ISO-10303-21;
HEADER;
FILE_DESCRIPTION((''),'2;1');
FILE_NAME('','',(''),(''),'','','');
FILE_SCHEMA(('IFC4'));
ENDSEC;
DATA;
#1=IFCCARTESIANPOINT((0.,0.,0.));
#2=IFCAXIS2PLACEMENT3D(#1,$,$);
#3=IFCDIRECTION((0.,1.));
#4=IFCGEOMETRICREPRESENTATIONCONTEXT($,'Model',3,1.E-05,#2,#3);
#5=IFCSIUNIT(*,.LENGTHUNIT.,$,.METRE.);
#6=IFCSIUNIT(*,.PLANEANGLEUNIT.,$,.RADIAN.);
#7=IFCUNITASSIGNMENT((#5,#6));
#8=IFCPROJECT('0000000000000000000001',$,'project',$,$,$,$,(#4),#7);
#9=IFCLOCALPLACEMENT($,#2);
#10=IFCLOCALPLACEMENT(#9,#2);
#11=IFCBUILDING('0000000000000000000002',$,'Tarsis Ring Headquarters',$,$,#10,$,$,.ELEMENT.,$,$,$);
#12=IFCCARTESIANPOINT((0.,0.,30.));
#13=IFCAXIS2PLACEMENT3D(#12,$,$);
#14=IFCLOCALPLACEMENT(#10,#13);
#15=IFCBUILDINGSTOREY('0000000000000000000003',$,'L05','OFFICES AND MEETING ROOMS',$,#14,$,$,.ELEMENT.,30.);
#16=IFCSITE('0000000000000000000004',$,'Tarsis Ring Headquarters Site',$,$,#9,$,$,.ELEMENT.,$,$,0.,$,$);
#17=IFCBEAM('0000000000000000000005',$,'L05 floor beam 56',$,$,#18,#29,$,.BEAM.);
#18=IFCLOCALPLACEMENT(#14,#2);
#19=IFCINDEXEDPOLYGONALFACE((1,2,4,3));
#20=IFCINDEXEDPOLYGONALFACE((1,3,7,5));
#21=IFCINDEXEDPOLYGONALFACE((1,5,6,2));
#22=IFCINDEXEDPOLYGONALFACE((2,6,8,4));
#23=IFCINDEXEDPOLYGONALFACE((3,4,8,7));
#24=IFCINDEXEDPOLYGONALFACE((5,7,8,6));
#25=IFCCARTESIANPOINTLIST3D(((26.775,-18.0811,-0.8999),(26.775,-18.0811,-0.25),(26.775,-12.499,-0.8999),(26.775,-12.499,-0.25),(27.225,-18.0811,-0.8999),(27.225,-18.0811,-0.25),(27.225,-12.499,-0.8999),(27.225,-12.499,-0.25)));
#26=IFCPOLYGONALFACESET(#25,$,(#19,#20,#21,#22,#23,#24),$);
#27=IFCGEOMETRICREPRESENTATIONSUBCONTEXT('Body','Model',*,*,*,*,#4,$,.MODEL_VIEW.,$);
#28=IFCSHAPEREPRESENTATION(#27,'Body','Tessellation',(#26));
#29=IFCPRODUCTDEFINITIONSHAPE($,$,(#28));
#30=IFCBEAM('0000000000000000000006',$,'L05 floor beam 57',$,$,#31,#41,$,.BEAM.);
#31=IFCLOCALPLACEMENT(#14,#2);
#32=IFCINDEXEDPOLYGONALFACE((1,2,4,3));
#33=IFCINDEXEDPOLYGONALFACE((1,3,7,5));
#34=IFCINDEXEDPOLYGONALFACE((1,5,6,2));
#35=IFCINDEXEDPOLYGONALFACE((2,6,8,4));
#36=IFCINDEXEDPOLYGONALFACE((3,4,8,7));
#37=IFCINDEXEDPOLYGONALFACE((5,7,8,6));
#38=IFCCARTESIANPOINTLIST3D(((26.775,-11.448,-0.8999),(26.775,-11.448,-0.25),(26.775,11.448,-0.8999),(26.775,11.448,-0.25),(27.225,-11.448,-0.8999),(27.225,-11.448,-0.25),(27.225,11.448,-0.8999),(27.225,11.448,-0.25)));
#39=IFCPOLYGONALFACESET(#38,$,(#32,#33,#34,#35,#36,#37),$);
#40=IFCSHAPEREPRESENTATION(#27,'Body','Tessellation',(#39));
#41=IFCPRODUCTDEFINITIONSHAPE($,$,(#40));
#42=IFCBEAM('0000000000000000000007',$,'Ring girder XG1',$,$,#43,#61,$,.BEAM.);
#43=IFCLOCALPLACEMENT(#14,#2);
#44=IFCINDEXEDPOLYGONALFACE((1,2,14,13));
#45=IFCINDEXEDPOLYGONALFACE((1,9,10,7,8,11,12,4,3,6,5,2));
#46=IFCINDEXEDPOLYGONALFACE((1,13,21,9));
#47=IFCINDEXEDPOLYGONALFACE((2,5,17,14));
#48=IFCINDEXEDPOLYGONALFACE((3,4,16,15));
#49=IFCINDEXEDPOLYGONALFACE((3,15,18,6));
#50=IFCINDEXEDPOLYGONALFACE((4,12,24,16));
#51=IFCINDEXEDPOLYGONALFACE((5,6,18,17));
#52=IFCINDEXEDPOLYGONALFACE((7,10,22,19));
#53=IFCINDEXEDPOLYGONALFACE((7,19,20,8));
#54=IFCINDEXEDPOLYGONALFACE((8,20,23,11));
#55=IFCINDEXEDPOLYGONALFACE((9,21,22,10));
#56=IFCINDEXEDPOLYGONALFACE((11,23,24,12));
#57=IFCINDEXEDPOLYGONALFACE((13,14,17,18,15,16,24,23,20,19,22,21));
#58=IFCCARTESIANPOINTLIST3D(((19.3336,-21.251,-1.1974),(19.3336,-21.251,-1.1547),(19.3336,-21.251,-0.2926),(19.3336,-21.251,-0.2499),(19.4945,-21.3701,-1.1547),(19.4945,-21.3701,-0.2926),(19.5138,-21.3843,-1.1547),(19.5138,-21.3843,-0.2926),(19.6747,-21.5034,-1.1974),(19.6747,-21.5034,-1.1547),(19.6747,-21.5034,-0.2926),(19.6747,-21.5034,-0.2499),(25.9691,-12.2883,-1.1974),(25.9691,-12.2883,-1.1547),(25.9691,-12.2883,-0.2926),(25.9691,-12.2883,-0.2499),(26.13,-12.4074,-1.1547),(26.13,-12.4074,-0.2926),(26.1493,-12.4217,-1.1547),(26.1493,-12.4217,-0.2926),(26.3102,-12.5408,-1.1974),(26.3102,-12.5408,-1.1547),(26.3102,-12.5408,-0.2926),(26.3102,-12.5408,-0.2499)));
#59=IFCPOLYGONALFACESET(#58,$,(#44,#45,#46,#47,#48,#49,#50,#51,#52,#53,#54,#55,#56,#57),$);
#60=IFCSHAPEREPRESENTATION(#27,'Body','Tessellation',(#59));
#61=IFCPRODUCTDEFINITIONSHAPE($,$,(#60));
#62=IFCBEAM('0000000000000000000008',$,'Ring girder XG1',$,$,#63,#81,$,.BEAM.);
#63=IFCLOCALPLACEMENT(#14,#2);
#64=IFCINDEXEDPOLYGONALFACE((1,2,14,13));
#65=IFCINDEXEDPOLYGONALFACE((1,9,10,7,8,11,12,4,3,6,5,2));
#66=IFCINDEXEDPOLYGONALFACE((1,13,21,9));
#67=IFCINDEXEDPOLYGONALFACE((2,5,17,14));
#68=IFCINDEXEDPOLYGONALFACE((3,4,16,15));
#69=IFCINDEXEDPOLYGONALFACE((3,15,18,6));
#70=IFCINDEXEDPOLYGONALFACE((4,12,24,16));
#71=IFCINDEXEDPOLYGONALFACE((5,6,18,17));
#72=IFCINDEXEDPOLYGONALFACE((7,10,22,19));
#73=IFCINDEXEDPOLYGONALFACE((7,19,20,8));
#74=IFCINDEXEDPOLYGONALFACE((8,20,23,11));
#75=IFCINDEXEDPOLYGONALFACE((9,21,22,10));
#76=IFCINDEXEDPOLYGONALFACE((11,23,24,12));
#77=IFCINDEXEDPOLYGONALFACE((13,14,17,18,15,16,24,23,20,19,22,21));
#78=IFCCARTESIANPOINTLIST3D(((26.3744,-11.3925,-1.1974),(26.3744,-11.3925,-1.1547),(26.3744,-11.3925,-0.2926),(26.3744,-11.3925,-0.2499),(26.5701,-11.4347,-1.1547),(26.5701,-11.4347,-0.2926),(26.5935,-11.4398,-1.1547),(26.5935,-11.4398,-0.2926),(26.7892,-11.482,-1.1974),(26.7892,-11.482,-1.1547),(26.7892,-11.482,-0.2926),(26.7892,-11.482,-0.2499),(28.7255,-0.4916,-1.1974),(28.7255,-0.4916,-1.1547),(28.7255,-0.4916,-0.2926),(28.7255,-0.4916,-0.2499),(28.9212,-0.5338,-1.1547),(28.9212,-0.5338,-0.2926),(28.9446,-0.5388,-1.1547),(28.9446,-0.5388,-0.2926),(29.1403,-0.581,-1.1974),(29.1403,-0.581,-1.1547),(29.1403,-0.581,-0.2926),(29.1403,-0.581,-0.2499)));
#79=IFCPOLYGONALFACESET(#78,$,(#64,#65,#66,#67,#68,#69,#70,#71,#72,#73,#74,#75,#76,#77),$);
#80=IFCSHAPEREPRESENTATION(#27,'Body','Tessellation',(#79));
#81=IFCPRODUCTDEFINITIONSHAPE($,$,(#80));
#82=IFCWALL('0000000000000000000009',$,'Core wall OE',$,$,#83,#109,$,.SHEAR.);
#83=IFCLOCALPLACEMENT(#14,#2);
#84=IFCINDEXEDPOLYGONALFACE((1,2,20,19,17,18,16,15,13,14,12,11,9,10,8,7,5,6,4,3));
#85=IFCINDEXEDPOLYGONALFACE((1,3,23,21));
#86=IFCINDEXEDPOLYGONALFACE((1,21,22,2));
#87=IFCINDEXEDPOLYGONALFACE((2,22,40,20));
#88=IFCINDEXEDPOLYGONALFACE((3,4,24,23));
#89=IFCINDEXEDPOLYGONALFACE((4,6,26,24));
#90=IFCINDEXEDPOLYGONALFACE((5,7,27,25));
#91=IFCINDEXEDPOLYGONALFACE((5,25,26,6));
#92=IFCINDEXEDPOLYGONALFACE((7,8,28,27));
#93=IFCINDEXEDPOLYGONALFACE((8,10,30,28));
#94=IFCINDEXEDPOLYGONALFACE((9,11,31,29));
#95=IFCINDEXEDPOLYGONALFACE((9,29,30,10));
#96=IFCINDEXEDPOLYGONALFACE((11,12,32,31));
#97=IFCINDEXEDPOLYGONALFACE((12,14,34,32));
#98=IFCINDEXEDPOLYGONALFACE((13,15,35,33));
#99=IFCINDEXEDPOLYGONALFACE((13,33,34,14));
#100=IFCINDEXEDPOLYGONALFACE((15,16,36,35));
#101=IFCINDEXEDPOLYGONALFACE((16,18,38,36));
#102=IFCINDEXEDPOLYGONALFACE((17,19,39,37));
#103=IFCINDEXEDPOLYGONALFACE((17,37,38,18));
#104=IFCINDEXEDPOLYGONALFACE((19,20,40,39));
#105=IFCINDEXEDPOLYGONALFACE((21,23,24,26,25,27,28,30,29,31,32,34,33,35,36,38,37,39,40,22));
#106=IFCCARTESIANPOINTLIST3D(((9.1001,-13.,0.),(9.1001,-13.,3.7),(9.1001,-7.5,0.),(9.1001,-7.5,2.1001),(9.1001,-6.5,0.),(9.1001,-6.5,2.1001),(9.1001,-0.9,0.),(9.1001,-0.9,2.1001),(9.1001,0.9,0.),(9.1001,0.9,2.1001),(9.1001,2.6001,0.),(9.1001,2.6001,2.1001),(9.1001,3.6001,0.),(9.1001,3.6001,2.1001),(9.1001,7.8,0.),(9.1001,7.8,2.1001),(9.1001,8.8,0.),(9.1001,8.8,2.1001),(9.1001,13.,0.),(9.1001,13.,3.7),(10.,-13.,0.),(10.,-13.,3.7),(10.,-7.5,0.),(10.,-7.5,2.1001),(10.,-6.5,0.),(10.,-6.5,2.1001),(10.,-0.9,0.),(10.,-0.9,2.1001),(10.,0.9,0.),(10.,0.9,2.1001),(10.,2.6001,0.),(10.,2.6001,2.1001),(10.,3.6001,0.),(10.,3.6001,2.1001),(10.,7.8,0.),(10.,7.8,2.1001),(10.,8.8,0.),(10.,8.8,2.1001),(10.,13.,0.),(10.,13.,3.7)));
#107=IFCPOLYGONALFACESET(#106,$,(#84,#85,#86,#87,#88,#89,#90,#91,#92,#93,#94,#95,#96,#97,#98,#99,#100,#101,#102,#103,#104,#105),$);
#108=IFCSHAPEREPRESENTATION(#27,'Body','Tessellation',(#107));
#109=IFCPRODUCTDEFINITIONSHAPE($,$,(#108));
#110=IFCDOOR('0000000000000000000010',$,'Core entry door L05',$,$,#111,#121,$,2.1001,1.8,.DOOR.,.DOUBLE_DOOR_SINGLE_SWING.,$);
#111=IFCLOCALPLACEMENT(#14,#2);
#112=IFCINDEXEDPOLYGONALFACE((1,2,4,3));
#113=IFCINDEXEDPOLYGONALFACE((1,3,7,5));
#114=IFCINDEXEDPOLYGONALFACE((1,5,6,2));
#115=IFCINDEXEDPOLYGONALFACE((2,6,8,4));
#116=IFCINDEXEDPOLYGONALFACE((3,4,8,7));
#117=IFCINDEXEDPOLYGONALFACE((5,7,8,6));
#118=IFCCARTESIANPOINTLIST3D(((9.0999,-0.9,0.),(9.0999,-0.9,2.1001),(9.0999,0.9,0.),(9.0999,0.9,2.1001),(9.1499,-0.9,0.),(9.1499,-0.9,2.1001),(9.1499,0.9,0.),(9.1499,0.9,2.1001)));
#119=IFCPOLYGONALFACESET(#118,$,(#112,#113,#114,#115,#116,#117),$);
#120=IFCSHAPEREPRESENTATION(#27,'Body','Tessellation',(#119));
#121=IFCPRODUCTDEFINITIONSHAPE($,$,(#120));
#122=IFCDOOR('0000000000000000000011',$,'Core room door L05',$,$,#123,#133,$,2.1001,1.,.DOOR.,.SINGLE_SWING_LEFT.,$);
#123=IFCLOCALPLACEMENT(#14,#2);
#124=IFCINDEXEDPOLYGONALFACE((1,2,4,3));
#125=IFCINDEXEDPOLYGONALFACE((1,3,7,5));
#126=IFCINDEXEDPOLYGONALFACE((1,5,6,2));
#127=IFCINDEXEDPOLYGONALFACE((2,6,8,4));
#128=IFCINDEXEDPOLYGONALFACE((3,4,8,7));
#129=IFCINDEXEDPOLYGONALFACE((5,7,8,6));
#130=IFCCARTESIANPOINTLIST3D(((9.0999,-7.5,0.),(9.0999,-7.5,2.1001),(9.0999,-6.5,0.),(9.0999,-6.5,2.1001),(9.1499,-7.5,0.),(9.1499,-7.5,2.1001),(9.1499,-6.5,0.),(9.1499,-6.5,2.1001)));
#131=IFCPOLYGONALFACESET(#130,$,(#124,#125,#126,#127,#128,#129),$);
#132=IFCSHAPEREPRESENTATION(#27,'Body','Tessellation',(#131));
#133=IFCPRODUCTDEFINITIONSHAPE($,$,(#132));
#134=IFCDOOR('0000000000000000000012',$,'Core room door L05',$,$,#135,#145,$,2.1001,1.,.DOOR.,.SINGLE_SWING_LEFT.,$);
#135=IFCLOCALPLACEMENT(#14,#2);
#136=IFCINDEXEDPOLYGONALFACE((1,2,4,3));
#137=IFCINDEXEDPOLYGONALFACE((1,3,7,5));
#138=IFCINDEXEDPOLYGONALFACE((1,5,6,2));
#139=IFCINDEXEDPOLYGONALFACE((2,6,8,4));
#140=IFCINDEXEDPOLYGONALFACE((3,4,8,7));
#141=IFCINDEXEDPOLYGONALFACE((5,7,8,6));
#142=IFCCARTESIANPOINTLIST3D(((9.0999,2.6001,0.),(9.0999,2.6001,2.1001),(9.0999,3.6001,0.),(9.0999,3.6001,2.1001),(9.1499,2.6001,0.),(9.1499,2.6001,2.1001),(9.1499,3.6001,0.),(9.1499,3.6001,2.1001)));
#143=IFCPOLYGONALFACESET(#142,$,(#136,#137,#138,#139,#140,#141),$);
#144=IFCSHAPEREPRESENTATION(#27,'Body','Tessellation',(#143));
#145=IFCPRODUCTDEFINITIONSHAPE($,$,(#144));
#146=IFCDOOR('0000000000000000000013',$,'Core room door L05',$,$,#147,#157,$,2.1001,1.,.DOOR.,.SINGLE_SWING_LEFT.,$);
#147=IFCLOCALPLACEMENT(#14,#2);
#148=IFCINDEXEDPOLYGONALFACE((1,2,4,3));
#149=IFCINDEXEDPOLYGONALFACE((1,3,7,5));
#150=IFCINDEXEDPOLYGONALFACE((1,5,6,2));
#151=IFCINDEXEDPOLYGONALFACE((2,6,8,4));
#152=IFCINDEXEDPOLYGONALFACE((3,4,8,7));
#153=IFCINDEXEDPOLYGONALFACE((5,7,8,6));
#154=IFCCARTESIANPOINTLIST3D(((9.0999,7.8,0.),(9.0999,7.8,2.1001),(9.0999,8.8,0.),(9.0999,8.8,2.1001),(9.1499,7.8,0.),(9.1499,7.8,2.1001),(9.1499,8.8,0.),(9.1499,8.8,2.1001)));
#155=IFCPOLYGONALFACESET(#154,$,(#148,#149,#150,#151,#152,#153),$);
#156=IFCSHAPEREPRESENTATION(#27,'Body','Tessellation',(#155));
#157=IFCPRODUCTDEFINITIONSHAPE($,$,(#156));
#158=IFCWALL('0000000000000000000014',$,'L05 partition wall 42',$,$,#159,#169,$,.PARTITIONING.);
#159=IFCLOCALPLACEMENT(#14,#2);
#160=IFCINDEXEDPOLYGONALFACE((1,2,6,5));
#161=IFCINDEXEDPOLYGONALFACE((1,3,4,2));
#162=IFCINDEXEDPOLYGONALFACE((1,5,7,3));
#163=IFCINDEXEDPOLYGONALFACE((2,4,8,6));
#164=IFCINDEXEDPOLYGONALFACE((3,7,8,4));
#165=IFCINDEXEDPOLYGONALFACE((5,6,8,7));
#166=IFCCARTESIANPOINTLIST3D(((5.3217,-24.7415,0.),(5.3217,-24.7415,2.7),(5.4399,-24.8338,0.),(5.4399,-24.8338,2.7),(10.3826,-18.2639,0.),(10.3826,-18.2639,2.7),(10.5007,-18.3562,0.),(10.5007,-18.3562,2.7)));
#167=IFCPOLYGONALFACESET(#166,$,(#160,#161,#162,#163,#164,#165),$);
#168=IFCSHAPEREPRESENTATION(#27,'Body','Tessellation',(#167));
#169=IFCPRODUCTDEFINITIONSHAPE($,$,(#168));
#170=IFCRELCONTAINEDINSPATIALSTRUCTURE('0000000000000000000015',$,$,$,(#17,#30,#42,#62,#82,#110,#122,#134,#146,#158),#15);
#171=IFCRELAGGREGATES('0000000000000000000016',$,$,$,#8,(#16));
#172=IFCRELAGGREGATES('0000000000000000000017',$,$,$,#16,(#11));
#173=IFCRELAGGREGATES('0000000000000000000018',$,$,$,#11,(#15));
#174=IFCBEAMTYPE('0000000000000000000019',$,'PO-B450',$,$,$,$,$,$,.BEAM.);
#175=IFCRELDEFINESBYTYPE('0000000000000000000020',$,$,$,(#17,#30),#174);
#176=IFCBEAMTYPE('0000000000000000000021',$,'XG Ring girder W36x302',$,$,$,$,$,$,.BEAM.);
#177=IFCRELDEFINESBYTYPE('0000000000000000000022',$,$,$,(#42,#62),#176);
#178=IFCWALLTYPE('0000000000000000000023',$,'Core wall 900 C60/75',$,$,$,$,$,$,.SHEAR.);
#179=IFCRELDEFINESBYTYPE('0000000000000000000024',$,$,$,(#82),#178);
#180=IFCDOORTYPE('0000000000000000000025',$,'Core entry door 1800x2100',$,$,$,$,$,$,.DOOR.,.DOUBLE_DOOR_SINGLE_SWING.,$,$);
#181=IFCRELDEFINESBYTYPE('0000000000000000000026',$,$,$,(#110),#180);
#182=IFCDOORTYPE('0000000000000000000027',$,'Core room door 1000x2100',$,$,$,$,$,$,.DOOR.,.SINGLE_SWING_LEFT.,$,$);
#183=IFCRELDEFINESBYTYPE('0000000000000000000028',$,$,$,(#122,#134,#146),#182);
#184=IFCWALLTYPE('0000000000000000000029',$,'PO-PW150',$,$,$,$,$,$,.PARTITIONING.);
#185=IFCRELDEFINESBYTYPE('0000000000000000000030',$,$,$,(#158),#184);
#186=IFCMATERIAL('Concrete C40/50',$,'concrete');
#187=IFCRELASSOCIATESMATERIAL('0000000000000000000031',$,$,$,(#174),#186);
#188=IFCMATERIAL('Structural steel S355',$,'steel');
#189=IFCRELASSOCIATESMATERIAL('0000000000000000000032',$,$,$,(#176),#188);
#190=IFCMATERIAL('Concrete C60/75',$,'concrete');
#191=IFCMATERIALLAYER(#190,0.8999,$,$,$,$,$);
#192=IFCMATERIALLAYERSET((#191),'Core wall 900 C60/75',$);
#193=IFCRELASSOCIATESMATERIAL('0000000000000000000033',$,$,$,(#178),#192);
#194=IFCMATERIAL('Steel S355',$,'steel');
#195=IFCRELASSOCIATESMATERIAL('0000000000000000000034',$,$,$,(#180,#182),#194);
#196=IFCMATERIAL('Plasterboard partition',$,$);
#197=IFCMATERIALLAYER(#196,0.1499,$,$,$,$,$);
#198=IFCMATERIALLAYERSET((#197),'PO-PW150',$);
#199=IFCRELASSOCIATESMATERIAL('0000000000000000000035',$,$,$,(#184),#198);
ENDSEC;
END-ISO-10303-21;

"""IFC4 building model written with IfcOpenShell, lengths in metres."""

from ifc_helpers import new_model, si_unit, direction, frame, frame_2d, origin, origin_2d, place, context, subcontext, project, spatial, rectangle, i_section, extrude, material, layer, layer_set, material_profile, profile_set, type_object, element, fill, save


model = new_model("IFC4")

# Units and contexts
model_context = context("Model", 3, precision=1e-05, world=origin(), true_north=direction((0.0, 1.0)))
body_context = subcontext(model_context, "Body", "Model", "MODEL_VIEW")
ifc_project = project(units=[si_unit("LENGTHUNIT", "METRE"), si_unit("PLANEANGLEUNIT", "RADIAN")], contexts=[model_context])

# Site, building, storey
site_placement = place(None, origin())
site = spatial("IfcSite", under=ifc_project, at=site_placement, Name="Tarsis Ring Headquarters Site", CompositionType="ELEMENT", RefElevation=0.0)
building_placement = place(site_placement, origin())
building = spatial("IfcBuilding", under=site, at=building_placement, Name="Tarsis Ring Headquarters", CompositionType="ELEMENT")
storey_placement = place(building_placement, frame((0.0, 0.0, 30.0)))
storey = spatial("IfcBuildingStorey", under=building, at=storey_placement, Name="L05", Description="OFFICES AND MEETING ROOMS", CompositionType="ELEMENT", Elevation=30.0)

# Beams
ifc_material_1 = material(Name="Concrete C40/50", Category="concrete")
ifc_material_profile_1 = material_profile(ifc_material_1, rectangle(XDim=0.45, YDim=0.6499, at=origin_2d()), Name="PO-B450")
ifc_profile_set_1 = profile_set([ifc_material_profile_1], Name="Concrete C40/50")
beam_type_1 = type_object("IfcBeamType", Name="PO-B450", PredefinedType="BEAM", material=ifc_profile_set_1)
beam_1_placement = place(storey_placement, frame((27.0, -18.0811, -0.575), z_axis=(0.0, 1.0, 0.0), x_axis=(-1.0, 0.0, 0.0)))
element("IfcBeam", 1, at=beam_1_placement, inside=storey, type_object=beam_type_1, Name="L05 floor beam 56", PredefinedType="BEAM", context=body_context, shape_type="SweptSolid", body=[
    extrude(rectangle(XDim=0.45, YDim=0.6499, at=origin_2d()), origin(), (0.0, 0.0, 1.0), 5.582),
])
beam_2_placement = place(storey_placement, frame((27.0, -11.448, -0.575), z_axis=(0.0, 1.0, 0.0), x_axis=(-1.0, 0.0, 0.0)))
element("IfcBeam", 2, at=beam_2_placement, inside=storey, type_object=beam_type_1, Name="L05 floor beam 57", PredefinedType="BEAM", context=body_context, shape_type="SweptSolid", body=[
    extrude(rectangle(XDim=0.45, YDim=0.6499, at=origin_2d()), origin(), (0.0, 0.0, 1.0), 22.896),
])
ifc_material_2 = material(Name="Structural steel S355", Category="steel")
ifc_material_profile_2 = material_profile(ifc_material_2, i_section(OverallWidth=0.4243, OverallDepth=0.9475, WebThickness=0.0239, FlangeThickness=0.0427, at=origin_2d()), Name="W36x302")
ifc_profile_set_2 = profile_set([ifc_material_profile_2], Name="Structural steel S355")
beam_type_2 = type_object("IfcBeamType", Name="XG Ring girder W36x302", PredefinedType="BEAM", material=ifc_profile_set_2)
for number, where, z_axis, x_axis, name in (
    (3, (19.5042, -21.3772, -0.7236), (0.595025, 0.803707, 0.0), (-0.803707, 0.595025, 0.0), "Ring girder XG1"),
    (4, (26.5818, -11.4373, -0.7236), (0.21083, 0.977523, 0.0), (-0.977523, 0.21083, 0.0), "Ring girder XG1"),
):
    element("IfcBeam", number, at=place(storey_placement, frame(where, z_axis=z_axis, x_axis=x_axis)), inside=storey, type_object=beam_type_2, Name=name, PredefinedType="BEAM", context=body_context, shape_type="SweptSolid", body=[
        extrude(i_section(OverallWidth=0.4243, OverallDepth=0.9475, WebThickness=0.0239, FlangeThickness=0.0427, at=origin_2d()), origin(), (0.0, 0.0, 1.0), 11.1516),
    ])

# Wall, openings, doors
ifc_material_3 = material(Name="Concrete C60/75", Category="concrete")
ifc_layer_1 = layer(ifc_material_3, 0.8999)
ifc_layer_set_1 = layer_set([ifc_layer_1], Name="Core wall 900 C60/75")
wall_type_1 = type_object("IfcWallType", Name="Core wall 900 C60/75", PredefinedType="SHEAR", material=ifc_layer_set_1)
wall_1_placement = place(storey_placement, frame((9.55, -13.0, 0.0), z_axis=(0.0, 0.0, 1.0), x_axis=(0.0, 1.0, 0.0)))
wall_1 = element("IfcWall", 5, at=wall_1_placement, inside=storey, type_object=wall_type_1, Name="Core wall OE", PredefinedType="SHEAR", context=body_context, shape_type="SweptSolid", body=[
    extrude(rectangle(XDim=26.0, YDim=0.8999, at=frame_2d((13.0, 0.0))), origin(), (0.0, 0.0, 1.0), 3.7),
])
opening_1_placement = place(wall_1_placement, frame((5.5, 0.0, 0.0)))
opening_1 = element("IfcOpeningElement", 6, at=opening_1_placement, cuts=wall_1, PredefinedType="OPENING", context=body_context, shape_type="SweptSolid", body=[
    extrude(rectangle(XDim=1.0, YDim=2.1001, at=frame_2d((0.5, 1.05))), frame((0.0, 0.46, 0.0), z_axis=(0.0, -1.0, 0.0), x_axis=(1.0, 0.0, 0.0)), (0.0, 0.0, 1.0), 0.9199),
])
opening_2_placement = place(wall_1_placement, frame((12.1001, 0.0, 0.0)))
opening_2 = element("IfcOpeningElement", 7, at=opening_2_placement, cuts=wall_1, PredefinedType="OPENING", context=body_context, shape_type="SweptSolid", body=[
    extrude(rectangle(XDim=1.8, YDim=2.1001, at=frame_2d((0.8999, 1.05))), frame((0.0, 0.46, 0.0), z_axis=(0.0, -1.0, 0.0), x_axis=(1.0, 0.0, 0.0)), (0.0, 0.0, 1.0), 0.9199),
])
opening_3_placement = place(wall_1_placement, frame((15.6001, 0.0, 0.0)))
opening_3 = element("IfcOpeningElement", 8, at=opening_3_placement, cuts=wall_1, PredefinedType="OPENING", context=body_context, shape_type="SweptSolid", body=[
    extrude(rectangle(XDim=1.0, YDim=2.1001, at=frame_2d((0.5, 1.05))), frame((0.0, 0.46, 0.0), z_axis=(0.0, -1.0, 0.0), x_axis=(1.0, 0.0, 0.0)), (0.0, 0.0, 1.0), 0.9199),
])
opening_4_placement = place(wall_1_placement, frame((20.8, 0.0, 0.0)))
opening_4 = element("IfcOpeningElement", 9, at=opening_4_placement, cuts=wall_1, PredefinedType="OPENING", context=body_context, shape_type="SweptSolid", body=[
    extrude(rectangle(XDim=1.0, YDim=2.1001, at=frame_2d((0.5, 1.05))), frame((0.0, 0.46, 0.0), z_axis=(0.0, -1.0, 0.0), x_axis=(1.0, 0.0, 0.0)), (0.0, 0.0, 1.0), 0.9199),
])
ifc_material_4 = material(Name="Steel S355", Category="steel")
door_type_1 = type_object("IfcDoorType", Name="Core entry door 1800x2100", OperationType="DOUBLE_DOOR_SINGLE_SWING", PredefinedType="DOOR", material=ifc_material_4)
door_1_placement = place(opening_2_placement, origin())
door_1 = element("IfcDoor", 10, at=door_1_placement, inside=storey, type_object=door_type_1, Name="Core entry door L05", OperationType="DOUBLE_DOOR_SINGLE_SWING", OverallHeight=2.1001, OverallWidth=1.8, PredefinedType="DOOR", context=body_context, shape_type="SweptSolid", body=[
    extrude(rectangle(XDim=1.8, YDim=2.1001, at=frame_2d((0.8999, 1.05))), frame((0.0, 0.4502, 0.0), z_axis=(0.0, -1.0, 0.0), x_axis=(1.0, 0.0, 0.0)), (0.0, 0.0, 1.0), 0.05),
])
fill(opening_2, door_1)
door_type_2 = type_object("IfcDoorType", Name="Core room door 1000x2100", OperationType="SINGLE_SWING_LEFT", PredefinedType="DOOR", material=ifc_material_4)
door_2_placement = place(opening_1_placement, origin())
door_2 = element("IfcDoor", 11, at=door_2_placement, inside=storey, type_object=door_type_2, Name="Core room door L05", OperationType="SINGLE_SWING_LEFT", OverallHeight=2.1001, OverallWidth=1.0, PredefinedType="DOOR", context=body_context, shape_type="SweptSolid", body=[
    extrude(rectangle(XDim=1.0, YDim=2.1001, at=frame_2d((0.5, 1.05))), frame((0.0, 0.4502, 0.0), z_axis=(0.0, -1.0, 0.0), x_axis=(1.0, 0.0, 0.0)), (0.0, 0.0, 1.0), 0.05),
])
fill(opening_1, door_2)
door_3_placement = place(opening_3_placement, origin())
door_3 = element("IfcDoor", 12, at=door_3_placement, inside=storey, type_object=door_type_2, Name="Core room door L05", OperationType="SINGLE_SWING_LEFT", OverallHeight=2.1001, OverallWidth=1.0, PredefinedType="DOOR", context=body_context, shape_type="SweptSolid", body=[
    extrude(rectangle(XDim=1.0, YDim=2.1001, at=frame_2d((0.5, 1.05))), frame((0.0, 0.4502, 0.0), z_axis=(0.0, -1.0, 0.0), x_axis=(1.0, 0.0, 0.0)), (0.0, 0.0, 1.0), 0.05),
])
fill(opening_3, door_3)
door_4_placement = place(opening_4_placement, origin())
door_4 = element("IfcDoor", 13, at=door_4_placement, inside=storey, type_object=door_type_2, Name="Core room door L05", OperationType="SINGLE_SWING_LEFT", OverallHeight=2.1001, OverallWidth=1.0, PredefinedType="DOOR", context=body_context, shape_type="SweptSolid", body=[
    extrude(rectangle(XDim=1.0, YDim=2.1001, at=frame_2d((0.5, 1.05))), frame((0.0, 0.4502, 0.0), z_axis=(0.0, -1.0, 0.0), x_axis=(1.0, 0.0, 0.0)), (0.0, 0.0, 1.0), 0.05),
])
fill(opening_4, door_4)

# Wall
ifc_material_5 = material(Name="Plasterboard partition")
ifc_layer_2 = layer(ifc_material_5, 0.1499)
ifc_layer_set_2 = layer_set([ifc_layer_2], Name="PO-PW150")
wall_type_2 = type_object("IfcWallType", Name="PO-PW150", PredefinedType="PARTITIONING", material=ifc_layer_set_2)
wall_2_placement = place(storey_placement, frame((10.4417, -18.3101, 0.0), z_axis=(0.0, 0.0, 1.0), x_axis=(-0.61566, -0.788012, 0.0)))
element("IfcWall", 14, at=wall_2_placement, inside=storey, type_object=wall_type_2, Name="L05 partition wall 42", PredefinedType="PARTITIONING", context=body_context, shape_type="SweptSolid", body=[
    extrude(rectangle(XDim=8.2202, YDim=0.1499, at=frame_2d((4.1101, 0.0))), origin(), (0.0, 0.0, 1.0), 2.7),
])

save(model, "model.ifc")
